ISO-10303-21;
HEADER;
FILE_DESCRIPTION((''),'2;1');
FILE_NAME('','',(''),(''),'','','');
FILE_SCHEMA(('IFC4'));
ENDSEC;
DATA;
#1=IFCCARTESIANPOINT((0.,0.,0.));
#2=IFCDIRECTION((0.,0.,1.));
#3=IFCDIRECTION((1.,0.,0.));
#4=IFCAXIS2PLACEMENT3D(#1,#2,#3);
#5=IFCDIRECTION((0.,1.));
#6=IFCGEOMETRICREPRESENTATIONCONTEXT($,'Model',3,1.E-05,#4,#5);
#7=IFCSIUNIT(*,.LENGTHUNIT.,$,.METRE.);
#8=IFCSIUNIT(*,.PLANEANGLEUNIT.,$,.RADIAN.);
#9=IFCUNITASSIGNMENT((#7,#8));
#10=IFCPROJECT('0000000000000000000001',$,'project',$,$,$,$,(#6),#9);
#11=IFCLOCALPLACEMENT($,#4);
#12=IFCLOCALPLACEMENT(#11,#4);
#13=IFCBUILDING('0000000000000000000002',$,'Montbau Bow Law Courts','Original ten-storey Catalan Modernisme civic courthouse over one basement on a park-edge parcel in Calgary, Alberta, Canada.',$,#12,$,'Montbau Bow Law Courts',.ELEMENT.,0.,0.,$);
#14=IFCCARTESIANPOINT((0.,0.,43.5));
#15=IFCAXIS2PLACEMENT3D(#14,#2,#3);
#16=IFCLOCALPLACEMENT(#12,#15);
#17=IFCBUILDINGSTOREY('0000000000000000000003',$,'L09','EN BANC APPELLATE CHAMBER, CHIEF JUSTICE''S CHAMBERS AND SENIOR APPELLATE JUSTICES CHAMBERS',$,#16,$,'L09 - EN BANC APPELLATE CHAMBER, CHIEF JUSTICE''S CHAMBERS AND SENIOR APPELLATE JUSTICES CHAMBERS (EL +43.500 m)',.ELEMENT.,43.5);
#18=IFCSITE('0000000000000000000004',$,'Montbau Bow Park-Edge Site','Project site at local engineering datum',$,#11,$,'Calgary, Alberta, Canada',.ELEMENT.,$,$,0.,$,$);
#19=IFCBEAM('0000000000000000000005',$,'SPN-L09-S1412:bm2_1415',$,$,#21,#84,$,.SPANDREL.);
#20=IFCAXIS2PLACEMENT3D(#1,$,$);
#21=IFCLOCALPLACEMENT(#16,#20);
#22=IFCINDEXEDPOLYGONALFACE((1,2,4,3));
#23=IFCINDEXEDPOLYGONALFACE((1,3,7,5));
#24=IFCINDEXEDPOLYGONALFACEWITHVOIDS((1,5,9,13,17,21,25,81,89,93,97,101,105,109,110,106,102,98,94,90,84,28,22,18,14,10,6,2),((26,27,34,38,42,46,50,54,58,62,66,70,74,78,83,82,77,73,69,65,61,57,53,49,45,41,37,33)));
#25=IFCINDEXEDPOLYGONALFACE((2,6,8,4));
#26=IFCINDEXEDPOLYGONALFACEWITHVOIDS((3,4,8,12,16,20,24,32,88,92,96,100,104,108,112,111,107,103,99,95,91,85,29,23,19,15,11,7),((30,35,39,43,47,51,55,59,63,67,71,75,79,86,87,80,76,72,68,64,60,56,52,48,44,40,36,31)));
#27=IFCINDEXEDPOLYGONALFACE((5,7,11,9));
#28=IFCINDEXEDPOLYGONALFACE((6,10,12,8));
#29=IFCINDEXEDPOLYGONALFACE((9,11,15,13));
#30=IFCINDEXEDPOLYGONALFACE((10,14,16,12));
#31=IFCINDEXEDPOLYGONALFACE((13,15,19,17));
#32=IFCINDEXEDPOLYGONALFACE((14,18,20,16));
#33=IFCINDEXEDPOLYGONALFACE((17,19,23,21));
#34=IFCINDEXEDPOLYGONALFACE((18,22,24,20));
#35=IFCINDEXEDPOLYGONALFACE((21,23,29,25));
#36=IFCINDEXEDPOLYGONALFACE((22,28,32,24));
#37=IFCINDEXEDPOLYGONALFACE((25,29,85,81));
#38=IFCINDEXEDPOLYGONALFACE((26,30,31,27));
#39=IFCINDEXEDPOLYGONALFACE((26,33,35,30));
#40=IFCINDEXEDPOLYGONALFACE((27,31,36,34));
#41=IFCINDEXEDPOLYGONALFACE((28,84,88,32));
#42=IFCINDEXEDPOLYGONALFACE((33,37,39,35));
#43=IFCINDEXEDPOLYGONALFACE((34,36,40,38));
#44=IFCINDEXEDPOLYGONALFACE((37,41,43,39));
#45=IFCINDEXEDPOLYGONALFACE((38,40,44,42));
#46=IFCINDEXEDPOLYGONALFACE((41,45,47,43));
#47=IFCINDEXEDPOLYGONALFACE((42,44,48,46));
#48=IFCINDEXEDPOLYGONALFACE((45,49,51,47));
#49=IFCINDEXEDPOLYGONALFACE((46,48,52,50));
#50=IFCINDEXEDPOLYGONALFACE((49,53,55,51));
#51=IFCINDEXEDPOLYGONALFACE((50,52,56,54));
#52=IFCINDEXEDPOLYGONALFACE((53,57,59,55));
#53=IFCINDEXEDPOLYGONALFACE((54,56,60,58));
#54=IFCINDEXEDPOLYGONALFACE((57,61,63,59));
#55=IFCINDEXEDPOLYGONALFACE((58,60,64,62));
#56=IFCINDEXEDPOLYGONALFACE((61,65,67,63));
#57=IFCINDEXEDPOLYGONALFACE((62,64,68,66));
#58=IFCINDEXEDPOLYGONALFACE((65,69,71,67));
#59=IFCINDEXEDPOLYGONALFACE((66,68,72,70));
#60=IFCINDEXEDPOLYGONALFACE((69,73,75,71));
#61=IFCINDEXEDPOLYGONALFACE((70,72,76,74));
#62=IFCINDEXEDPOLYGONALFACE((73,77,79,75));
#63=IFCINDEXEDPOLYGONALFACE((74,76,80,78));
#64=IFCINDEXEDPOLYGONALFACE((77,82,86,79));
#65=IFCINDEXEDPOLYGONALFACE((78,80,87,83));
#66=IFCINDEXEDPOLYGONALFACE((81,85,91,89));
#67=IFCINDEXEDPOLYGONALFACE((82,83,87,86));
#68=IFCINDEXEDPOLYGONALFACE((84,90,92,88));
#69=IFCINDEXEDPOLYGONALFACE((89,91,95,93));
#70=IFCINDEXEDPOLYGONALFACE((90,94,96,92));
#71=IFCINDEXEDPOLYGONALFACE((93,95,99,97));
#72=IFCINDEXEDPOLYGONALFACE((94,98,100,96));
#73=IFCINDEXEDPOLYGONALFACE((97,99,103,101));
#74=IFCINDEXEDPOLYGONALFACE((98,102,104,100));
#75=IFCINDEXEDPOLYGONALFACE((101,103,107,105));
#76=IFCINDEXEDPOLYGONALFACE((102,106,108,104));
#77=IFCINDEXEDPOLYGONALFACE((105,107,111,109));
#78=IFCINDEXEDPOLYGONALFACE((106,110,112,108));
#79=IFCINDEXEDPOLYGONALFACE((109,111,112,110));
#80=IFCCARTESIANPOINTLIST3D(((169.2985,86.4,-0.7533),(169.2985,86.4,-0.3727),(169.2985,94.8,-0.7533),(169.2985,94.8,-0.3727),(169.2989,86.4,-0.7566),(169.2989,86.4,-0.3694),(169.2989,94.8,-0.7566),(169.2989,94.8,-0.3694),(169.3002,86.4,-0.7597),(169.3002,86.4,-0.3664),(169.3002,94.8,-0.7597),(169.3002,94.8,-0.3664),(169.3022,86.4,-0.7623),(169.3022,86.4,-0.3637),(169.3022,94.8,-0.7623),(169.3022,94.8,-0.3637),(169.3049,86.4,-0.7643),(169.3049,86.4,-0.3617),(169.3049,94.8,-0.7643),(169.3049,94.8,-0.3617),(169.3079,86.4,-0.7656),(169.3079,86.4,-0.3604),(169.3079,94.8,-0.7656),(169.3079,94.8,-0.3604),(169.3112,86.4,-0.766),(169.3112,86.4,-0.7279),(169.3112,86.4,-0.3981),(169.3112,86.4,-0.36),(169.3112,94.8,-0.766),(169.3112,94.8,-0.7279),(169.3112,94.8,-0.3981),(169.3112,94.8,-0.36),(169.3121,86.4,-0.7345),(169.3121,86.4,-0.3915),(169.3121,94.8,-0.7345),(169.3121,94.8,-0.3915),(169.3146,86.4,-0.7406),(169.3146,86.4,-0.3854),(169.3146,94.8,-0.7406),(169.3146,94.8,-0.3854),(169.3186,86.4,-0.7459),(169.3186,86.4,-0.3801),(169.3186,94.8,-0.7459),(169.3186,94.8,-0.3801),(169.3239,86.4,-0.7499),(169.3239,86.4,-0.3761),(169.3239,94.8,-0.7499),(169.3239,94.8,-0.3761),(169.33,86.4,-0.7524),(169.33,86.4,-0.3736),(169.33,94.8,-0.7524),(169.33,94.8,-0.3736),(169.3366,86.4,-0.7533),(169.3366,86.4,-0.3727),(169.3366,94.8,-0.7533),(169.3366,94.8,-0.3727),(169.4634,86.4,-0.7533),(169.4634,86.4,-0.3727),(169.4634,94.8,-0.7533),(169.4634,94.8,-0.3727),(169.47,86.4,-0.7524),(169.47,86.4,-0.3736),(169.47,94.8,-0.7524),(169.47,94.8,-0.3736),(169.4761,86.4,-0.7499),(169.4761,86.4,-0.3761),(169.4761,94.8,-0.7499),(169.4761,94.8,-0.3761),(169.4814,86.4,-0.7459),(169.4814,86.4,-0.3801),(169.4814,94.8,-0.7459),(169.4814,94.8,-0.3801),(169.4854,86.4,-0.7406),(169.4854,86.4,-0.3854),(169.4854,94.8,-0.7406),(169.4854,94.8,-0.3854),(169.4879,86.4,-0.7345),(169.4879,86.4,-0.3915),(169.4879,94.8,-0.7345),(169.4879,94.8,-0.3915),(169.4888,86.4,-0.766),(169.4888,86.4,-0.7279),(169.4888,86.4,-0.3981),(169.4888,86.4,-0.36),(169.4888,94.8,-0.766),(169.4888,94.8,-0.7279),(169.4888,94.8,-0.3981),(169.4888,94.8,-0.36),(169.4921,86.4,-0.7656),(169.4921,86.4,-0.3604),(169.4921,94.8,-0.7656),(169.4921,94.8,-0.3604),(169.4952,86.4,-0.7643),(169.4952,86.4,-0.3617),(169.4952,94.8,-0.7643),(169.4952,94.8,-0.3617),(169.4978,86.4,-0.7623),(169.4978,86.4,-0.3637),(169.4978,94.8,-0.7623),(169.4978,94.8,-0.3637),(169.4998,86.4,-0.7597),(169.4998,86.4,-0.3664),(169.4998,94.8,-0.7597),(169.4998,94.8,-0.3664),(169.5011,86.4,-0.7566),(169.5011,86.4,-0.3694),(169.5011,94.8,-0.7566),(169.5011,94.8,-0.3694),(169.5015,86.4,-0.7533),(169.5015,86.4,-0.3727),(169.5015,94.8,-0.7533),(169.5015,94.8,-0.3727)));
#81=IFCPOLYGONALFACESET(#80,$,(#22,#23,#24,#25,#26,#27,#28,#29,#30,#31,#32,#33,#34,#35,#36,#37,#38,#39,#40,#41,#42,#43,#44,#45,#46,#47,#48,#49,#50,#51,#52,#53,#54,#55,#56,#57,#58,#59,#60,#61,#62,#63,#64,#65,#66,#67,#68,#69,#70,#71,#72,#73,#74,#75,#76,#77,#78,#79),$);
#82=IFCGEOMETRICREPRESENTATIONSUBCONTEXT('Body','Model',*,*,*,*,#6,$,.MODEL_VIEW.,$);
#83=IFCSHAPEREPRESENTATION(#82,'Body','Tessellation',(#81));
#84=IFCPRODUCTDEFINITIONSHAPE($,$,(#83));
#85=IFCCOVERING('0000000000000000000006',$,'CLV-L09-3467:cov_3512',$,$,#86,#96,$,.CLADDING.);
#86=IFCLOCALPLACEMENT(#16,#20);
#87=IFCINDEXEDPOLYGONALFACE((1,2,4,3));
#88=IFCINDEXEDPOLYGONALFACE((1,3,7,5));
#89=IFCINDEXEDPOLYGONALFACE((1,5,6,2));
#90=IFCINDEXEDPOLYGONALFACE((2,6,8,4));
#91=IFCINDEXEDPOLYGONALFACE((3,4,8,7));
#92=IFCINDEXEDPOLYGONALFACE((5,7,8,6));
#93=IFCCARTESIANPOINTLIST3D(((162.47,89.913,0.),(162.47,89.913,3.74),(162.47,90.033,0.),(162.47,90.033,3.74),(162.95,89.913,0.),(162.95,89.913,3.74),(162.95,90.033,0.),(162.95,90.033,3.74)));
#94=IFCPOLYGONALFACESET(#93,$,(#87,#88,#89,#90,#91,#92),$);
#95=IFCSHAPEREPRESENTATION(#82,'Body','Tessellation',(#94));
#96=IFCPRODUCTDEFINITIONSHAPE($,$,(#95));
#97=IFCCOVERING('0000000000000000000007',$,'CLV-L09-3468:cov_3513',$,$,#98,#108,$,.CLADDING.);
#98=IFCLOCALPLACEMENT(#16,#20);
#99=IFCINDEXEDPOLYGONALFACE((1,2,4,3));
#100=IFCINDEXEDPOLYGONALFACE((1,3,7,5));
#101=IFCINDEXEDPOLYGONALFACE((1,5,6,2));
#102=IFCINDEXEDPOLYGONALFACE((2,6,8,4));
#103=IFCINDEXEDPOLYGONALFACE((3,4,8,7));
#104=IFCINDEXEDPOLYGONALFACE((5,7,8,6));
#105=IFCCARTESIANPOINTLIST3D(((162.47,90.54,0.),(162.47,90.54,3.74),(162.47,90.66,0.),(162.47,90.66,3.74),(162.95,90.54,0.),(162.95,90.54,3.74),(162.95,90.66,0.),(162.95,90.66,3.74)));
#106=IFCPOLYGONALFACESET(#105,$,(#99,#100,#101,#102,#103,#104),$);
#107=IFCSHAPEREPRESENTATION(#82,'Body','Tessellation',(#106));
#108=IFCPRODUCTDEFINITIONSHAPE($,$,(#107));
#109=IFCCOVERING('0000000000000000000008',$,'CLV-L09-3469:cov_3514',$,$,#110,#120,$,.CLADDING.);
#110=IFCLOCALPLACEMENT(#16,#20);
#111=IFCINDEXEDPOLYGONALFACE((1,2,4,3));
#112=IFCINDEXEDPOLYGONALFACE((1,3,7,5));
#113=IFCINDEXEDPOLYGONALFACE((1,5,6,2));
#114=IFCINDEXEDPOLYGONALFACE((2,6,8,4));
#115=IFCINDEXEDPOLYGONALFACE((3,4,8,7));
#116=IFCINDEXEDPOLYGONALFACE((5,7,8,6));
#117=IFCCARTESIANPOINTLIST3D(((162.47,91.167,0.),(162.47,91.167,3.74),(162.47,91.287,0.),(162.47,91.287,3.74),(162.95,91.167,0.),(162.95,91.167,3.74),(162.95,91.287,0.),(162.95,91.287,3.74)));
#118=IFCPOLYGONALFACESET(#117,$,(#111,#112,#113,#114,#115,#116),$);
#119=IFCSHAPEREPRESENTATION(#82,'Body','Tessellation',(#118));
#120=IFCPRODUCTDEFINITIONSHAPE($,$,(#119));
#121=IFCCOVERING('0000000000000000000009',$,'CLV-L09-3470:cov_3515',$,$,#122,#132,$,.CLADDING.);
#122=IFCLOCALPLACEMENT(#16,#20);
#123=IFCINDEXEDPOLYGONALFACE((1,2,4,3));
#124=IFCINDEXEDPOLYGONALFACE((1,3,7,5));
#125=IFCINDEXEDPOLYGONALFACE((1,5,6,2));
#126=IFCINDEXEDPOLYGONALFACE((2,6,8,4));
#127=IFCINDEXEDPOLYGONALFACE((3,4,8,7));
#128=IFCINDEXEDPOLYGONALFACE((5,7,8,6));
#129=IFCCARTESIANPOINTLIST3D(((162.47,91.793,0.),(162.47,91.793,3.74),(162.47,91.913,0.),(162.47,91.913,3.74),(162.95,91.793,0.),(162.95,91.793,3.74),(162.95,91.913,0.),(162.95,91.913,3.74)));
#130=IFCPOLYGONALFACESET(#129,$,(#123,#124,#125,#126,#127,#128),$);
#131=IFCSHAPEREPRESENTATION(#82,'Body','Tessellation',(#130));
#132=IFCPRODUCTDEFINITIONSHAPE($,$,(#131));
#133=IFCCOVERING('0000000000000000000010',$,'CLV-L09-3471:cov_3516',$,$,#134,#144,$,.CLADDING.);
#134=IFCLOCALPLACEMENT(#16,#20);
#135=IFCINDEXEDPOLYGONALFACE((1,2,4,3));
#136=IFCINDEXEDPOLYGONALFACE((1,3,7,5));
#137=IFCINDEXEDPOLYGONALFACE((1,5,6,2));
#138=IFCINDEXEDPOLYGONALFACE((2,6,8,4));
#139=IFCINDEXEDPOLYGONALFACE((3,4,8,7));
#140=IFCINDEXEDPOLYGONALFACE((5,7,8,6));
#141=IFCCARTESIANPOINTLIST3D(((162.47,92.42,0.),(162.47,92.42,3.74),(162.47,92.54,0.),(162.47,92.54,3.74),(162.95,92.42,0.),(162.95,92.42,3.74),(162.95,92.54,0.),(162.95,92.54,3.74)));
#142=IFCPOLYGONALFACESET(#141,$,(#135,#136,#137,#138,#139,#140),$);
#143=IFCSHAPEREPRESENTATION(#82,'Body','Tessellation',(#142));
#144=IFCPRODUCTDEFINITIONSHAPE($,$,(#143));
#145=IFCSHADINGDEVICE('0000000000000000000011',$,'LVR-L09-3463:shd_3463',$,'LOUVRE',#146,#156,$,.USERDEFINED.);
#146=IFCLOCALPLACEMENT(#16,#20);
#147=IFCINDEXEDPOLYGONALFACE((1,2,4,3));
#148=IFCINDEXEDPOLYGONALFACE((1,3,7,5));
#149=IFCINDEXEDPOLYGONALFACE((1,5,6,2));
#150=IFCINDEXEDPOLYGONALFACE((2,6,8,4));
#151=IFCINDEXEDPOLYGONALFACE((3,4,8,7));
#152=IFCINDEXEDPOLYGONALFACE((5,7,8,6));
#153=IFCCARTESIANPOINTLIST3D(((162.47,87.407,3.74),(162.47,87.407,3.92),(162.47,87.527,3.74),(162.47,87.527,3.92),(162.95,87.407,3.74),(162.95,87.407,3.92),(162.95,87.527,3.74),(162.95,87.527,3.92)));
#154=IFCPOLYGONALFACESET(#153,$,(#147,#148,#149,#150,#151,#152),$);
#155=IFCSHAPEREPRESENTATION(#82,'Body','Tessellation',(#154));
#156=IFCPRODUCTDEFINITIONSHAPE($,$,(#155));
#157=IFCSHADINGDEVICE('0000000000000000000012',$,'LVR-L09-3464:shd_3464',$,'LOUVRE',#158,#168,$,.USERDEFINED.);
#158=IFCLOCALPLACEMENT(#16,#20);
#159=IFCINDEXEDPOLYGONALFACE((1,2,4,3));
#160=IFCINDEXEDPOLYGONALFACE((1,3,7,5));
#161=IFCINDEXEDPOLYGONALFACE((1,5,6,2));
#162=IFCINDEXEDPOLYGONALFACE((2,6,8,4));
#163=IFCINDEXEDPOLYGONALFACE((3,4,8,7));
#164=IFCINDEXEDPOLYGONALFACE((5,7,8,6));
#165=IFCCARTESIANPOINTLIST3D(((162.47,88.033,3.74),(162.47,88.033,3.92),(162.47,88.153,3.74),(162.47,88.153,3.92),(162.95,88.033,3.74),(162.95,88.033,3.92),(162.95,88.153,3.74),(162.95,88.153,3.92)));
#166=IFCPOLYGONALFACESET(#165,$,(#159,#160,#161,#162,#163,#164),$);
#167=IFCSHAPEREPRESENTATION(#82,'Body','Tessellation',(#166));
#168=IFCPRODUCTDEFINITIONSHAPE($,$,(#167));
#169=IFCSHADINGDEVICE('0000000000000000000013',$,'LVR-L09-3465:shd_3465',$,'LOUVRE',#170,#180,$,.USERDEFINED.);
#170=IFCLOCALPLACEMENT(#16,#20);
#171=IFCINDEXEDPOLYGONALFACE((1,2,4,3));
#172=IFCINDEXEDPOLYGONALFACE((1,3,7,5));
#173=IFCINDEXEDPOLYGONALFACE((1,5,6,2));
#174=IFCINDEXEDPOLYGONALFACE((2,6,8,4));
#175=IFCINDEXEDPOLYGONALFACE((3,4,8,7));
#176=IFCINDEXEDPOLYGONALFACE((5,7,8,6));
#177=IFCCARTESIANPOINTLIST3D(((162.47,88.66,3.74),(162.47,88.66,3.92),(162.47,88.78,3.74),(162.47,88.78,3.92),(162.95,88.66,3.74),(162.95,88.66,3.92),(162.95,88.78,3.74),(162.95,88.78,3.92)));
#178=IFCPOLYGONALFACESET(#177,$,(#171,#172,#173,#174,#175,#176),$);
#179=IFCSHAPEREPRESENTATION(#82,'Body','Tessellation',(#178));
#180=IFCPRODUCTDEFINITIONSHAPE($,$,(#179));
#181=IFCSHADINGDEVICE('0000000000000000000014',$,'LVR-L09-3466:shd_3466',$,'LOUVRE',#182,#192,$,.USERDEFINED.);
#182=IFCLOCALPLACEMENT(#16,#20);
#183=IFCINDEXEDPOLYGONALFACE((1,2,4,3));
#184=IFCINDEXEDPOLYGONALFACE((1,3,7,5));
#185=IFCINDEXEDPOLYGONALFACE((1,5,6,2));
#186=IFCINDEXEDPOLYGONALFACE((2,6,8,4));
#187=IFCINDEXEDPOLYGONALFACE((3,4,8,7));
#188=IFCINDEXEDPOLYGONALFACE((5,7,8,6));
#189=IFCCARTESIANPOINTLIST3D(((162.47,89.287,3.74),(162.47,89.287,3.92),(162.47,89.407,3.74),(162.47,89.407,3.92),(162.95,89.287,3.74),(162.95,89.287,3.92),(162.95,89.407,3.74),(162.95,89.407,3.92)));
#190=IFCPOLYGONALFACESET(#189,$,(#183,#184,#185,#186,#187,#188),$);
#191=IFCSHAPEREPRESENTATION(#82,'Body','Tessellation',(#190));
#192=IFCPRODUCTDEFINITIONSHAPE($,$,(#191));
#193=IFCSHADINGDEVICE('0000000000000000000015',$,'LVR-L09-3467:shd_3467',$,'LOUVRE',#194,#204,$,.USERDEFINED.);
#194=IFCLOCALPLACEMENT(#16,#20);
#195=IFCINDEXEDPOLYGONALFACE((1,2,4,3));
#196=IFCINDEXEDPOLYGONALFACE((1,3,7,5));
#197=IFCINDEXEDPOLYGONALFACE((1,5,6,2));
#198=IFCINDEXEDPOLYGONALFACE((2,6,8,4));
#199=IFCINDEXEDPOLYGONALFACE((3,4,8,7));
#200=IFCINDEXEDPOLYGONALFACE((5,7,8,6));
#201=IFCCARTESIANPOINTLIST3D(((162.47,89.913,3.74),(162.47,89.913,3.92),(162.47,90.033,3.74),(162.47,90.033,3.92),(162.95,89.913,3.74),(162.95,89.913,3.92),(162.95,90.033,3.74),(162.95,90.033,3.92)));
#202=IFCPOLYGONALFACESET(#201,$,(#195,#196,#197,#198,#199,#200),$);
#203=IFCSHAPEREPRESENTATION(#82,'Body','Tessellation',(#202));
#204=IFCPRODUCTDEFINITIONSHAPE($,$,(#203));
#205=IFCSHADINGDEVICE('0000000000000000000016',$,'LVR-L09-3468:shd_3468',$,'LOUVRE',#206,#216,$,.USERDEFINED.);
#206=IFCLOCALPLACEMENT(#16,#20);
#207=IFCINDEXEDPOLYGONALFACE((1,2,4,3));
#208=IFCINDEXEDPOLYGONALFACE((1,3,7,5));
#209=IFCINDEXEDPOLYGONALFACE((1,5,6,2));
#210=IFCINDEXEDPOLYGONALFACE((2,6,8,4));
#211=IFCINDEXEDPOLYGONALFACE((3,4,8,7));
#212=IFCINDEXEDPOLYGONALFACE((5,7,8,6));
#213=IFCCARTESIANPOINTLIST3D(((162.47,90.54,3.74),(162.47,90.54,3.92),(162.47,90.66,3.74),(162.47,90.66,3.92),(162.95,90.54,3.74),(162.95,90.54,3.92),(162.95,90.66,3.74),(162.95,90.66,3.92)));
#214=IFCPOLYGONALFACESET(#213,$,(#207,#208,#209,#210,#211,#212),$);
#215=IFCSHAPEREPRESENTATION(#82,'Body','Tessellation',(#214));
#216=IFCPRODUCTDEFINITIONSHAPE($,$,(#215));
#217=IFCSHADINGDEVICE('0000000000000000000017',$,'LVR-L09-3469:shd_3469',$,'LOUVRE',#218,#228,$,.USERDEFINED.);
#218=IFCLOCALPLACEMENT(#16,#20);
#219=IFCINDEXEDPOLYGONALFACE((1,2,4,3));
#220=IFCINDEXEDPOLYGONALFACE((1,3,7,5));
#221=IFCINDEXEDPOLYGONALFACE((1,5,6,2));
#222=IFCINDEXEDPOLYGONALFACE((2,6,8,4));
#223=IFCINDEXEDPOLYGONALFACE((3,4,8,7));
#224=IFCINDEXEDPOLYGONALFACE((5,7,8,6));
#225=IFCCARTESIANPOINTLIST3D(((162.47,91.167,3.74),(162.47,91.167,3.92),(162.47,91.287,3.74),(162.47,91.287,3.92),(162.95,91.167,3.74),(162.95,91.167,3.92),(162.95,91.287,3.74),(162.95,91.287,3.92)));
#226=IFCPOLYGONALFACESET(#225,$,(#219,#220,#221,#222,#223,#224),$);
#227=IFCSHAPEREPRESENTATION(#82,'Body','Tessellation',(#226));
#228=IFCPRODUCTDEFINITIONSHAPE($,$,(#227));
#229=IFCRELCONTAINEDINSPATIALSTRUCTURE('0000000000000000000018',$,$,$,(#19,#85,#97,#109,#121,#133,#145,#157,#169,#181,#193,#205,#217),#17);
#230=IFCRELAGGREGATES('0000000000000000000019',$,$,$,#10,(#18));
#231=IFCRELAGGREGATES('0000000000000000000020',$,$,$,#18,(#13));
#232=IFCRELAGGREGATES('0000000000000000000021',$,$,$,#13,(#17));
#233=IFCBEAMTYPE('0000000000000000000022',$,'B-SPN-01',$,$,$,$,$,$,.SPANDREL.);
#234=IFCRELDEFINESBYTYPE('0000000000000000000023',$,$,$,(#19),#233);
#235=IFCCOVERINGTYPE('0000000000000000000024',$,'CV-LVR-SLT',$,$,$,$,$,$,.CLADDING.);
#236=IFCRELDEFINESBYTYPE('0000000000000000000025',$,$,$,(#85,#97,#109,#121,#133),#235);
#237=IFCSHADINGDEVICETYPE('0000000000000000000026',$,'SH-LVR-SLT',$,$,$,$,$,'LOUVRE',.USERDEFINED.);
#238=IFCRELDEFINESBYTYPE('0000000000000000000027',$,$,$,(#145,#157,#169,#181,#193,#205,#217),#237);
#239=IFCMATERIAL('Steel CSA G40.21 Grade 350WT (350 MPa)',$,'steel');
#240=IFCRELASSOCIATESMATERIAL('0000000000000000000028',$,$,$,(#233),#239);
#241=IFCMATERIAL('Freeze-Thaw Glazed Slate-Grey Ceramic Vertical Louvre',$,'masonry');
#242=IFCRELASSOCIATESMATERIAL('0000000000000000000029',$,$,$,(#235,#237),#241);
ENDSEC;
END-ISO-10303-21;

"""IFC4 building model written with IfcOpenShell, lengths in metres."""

from ifc_helpers import new_model, si_unit, direction, frame, frame_2d, origin_with_axes, origin_2d_with_axis, place, context, subcontext, project, spatial, rectangle, hollow_rectangle, extrude, material, material_profile, profile_set, type_object, element, save


model = new_model("IFC4")

# Units and contexts
model_context = context("Model", 3, precision=1e-05, world=origin_with_axes(), true_north=direction((0.0, 1.0)))
body_context = subcontext(model_context, "Body", "Model", "MODEL_VIEW")
ifc_project = project(units=[si_unit("LENGTHUNIT", "METRE"), si_unit("PLANEANGLEUNIT", "RADIAN")], contexts=[model_context])

# Site, building, storey
site_placement = place(None, origin_with_axes())
site = spatial("IfcSite", under=ifc_project, at=site_placement, Name="Montbau Bow Park-Edge Site", Description="Project site at local engineering datum", LongName="Calgary, Alberta, Canada", CompositionType="ELEMENT", RefElevation=0.0)
building_placement = place(site_placement, origin_with_axes())
building = spatial("IfcBuilding", under=site, at=building_placement, Name="Montbau Bow Law Courts", Description="Original ten-storey Catalan Modernisme civic courthouse over one basement on a park-edge parcel in Calgary, Alberta, Canada.", LongName="Montbau Bow Law Courts", CompositionType="ELEMENT", ElevationOfRefHeight=0.0, ElevationOfTerrain=0.0)
storey_placement = place(building_placement, frame((0.0, 0.0, 43.5), z_axis=(0.0, 0.0, 1.0), x_axis=(1.0, 0.0, 0.0)))
storey = spatial("IfcBuildingStorey", under=building, at=storey_placement, Name="L09", Description="EN BANC APPELLATE CHAMBER, CHIEF JUSTICE'S CHAMBERS AND SENIOR APPELLATE JUSTICES CHAMBERS", LongName="L09 - EN BANC APPELLATE CHAMBER, CHIEF JUSTICE'S CHAMBERS AND SENIOR APPELLATE JUSTICES CHAMBERS (EL +43.500 m)", CompositionType="ELEMENT", Elevation=43.5)

# Beam
ifc_material_1 = material(Name="Steel CSA G40.21 Grade 350WT (350 MPa)", Category="steel")
ifc_material_profile_1 = material_profile(ifc_material_1, hollow_rectangle(XDim=0.203, YDim=0.406, WallThickness=0.0127, InnerFilletRadius=0.0254, OuterFilletRadius=0.0127, at=origin_2d_with_axis()), Name="HSS406X203X13", Category="Main", Priority=0)
ifc_profile_set_1 = profile_set([ifc_material_profile_1], Name="Steel CSA G40.21 Grade 350WT (350 MPa)")
beam_type_1 = type_object("IfcBeamType", Name="B-SPN-01", PredefinedType="SPANDREL", material=ifc_profile_set_1)
beam_1_placement = place(None, frame((169.4, 86.4, 42.937), z_axis=(0.0, 1.0, 0.0), x_axis=(-1.0, 0.0, 0.0)))
element("IfcBeam", 1, at=beam_1_placement, inside=storey, type_object=beam_type_1, Name="SPN-L09-S1412:bm2_1415", PredefinedType="SPANDREL", context=body_context, shape_type="SweptSolid", body=[
    extrude(hollow_rectangle(XDim=0.203, YDim=0.406, WallThickness=0.0127, InnerFilletRadius=0.0254, OuterFilletRadius=0.0127, at=origin_2d_with_axis()), origin_with_axes(), (0.0, 0.0, 1.0), 8.4),
])

# Coverings
ifc_material_2 = material(Name="Freeze-Thaw Glazed Slate-Grey Ceramic Vertical Louvre", Category="masonry")
covering_type = type_object("IfcCoveringType", Name="CV-LVR-SLT", PredefinedType="CLADDING", material=ifc_material_2)
for number, where, z_axis, x_axis, name in (
    (2, (162.47, 89.973, 43.5), (0.0, -1.0, 0.0), (1.0, 0.0, 0.0), "CLV-L09-3467:cov_3512"),
    (3, (162.47, 90.6, 43.5), (0.0, -1.0, 0.0), (1.0, 0.0, 0.0), "CLV-L09-3468:cov_3513"),
    (4, (162.47, 91.227, 43.5), (0.0, -1.0, 0.0), (1.0, 0.0, 0.0), "CLV-L09-3469:cov_3514"),
    (5, (162.47, 91.853, 43.5), (0.0, -1.0, 0.0), (1.0, 0.0, 0.0), "CLV-L09-3470:cov_3515"),
    (6, (162.47, 92.48, 43.5), (0.0, -1.0, 0.0), (1.0, 0.0, 0.0), "CLV-L09-3471:cov_3516"),
):
    element("IfcCovering", number, at=place(None, frame(where, z_axis=z_axis, x_axis=x_axis)), inside=storey, type_object=covering_type, Name=name, PredefinedType="CLADDING", context=body_context, shape_type="SweptSolid", body=[
        extrude(rectangle(XDim=0.48, YDim=3.74, at=frame_2d((0.24, 1.87), x_axis=(1.0, 0.0))), frame((0.0, 0.0, -0.06), z_axis=(0.0, 0.0, 1.0), x_axis=(1.0, 0.0, 0.0)), (0.0, 0.0, 1.0), 0.12),
    ])

# Shading devices
shading_device_type = type_object("IfcShadingDeviceType", Name="SH-LVR-SLT", ElementType="LOUVRE", PredefinedType="USERDEFINED", material=ifc_material_2)
for number, where, z_axis, x_axis, name in (
    (7, (162.71, 87.467, 47.24), (0.0, 0.0, 1.0), (1.0, 0.0, 0.0), "LVR-L09-3463:shd_3463"),
    (8, (162.71, 88.093, 47.24), (0.0, 0.0, 1.0), (1.0, 0.0, 0.0), "LVR-L09-3464:shd_3464"),
    (9, (162.71, 88.72, 47.24), (0.0, 0.0, 1.0), (1.0, 0.0, 0.0), "LVR-L09-3465:shd_3465"),
    (10, (162.71, 89.347, 47.24), (0.0, 0.0, 1.0), (1.0, 0.0, 0.0), "LVR-L09-3466:shd_3466"),
    (11, (162.71, 89.973, 47.24), (0.0, 0.0, 1.0), (1.0, 0.0, 0.0), "LVR-L09-3467:shd_3467"),
    (12, (162.71, 90.6, 47.24), (0.0, 0.0, 1.0), (1.0, 0.0, 0.0), "LVR-L09-3468:shd_3468"),
    (13, (162.71, 91.227, 47.24), (0.0, 0.0, 1.0), (1.0, 0.0, 0.0), "LVR-L09-3469:shd_3469"),
):
    element("IfcShadingDevice", number, at=place(None, frame(where, z_axis=z_axis, x_axis=x_axis)), inside=storey, type_object=shading_device_type, Name=name, ObjectType="LOUVRE", PredefinedType="USERDEFINED", context=body_context, shape_type="SweptSolid", body=[
        extrude(rectangle(XDim=0.48, YDim=0.12, at=origin_2d_with_axis()), origin_with_axes(), (0.0, 0.0, 1.0), 0.18),
    ])

save(model, "model.ifc")
